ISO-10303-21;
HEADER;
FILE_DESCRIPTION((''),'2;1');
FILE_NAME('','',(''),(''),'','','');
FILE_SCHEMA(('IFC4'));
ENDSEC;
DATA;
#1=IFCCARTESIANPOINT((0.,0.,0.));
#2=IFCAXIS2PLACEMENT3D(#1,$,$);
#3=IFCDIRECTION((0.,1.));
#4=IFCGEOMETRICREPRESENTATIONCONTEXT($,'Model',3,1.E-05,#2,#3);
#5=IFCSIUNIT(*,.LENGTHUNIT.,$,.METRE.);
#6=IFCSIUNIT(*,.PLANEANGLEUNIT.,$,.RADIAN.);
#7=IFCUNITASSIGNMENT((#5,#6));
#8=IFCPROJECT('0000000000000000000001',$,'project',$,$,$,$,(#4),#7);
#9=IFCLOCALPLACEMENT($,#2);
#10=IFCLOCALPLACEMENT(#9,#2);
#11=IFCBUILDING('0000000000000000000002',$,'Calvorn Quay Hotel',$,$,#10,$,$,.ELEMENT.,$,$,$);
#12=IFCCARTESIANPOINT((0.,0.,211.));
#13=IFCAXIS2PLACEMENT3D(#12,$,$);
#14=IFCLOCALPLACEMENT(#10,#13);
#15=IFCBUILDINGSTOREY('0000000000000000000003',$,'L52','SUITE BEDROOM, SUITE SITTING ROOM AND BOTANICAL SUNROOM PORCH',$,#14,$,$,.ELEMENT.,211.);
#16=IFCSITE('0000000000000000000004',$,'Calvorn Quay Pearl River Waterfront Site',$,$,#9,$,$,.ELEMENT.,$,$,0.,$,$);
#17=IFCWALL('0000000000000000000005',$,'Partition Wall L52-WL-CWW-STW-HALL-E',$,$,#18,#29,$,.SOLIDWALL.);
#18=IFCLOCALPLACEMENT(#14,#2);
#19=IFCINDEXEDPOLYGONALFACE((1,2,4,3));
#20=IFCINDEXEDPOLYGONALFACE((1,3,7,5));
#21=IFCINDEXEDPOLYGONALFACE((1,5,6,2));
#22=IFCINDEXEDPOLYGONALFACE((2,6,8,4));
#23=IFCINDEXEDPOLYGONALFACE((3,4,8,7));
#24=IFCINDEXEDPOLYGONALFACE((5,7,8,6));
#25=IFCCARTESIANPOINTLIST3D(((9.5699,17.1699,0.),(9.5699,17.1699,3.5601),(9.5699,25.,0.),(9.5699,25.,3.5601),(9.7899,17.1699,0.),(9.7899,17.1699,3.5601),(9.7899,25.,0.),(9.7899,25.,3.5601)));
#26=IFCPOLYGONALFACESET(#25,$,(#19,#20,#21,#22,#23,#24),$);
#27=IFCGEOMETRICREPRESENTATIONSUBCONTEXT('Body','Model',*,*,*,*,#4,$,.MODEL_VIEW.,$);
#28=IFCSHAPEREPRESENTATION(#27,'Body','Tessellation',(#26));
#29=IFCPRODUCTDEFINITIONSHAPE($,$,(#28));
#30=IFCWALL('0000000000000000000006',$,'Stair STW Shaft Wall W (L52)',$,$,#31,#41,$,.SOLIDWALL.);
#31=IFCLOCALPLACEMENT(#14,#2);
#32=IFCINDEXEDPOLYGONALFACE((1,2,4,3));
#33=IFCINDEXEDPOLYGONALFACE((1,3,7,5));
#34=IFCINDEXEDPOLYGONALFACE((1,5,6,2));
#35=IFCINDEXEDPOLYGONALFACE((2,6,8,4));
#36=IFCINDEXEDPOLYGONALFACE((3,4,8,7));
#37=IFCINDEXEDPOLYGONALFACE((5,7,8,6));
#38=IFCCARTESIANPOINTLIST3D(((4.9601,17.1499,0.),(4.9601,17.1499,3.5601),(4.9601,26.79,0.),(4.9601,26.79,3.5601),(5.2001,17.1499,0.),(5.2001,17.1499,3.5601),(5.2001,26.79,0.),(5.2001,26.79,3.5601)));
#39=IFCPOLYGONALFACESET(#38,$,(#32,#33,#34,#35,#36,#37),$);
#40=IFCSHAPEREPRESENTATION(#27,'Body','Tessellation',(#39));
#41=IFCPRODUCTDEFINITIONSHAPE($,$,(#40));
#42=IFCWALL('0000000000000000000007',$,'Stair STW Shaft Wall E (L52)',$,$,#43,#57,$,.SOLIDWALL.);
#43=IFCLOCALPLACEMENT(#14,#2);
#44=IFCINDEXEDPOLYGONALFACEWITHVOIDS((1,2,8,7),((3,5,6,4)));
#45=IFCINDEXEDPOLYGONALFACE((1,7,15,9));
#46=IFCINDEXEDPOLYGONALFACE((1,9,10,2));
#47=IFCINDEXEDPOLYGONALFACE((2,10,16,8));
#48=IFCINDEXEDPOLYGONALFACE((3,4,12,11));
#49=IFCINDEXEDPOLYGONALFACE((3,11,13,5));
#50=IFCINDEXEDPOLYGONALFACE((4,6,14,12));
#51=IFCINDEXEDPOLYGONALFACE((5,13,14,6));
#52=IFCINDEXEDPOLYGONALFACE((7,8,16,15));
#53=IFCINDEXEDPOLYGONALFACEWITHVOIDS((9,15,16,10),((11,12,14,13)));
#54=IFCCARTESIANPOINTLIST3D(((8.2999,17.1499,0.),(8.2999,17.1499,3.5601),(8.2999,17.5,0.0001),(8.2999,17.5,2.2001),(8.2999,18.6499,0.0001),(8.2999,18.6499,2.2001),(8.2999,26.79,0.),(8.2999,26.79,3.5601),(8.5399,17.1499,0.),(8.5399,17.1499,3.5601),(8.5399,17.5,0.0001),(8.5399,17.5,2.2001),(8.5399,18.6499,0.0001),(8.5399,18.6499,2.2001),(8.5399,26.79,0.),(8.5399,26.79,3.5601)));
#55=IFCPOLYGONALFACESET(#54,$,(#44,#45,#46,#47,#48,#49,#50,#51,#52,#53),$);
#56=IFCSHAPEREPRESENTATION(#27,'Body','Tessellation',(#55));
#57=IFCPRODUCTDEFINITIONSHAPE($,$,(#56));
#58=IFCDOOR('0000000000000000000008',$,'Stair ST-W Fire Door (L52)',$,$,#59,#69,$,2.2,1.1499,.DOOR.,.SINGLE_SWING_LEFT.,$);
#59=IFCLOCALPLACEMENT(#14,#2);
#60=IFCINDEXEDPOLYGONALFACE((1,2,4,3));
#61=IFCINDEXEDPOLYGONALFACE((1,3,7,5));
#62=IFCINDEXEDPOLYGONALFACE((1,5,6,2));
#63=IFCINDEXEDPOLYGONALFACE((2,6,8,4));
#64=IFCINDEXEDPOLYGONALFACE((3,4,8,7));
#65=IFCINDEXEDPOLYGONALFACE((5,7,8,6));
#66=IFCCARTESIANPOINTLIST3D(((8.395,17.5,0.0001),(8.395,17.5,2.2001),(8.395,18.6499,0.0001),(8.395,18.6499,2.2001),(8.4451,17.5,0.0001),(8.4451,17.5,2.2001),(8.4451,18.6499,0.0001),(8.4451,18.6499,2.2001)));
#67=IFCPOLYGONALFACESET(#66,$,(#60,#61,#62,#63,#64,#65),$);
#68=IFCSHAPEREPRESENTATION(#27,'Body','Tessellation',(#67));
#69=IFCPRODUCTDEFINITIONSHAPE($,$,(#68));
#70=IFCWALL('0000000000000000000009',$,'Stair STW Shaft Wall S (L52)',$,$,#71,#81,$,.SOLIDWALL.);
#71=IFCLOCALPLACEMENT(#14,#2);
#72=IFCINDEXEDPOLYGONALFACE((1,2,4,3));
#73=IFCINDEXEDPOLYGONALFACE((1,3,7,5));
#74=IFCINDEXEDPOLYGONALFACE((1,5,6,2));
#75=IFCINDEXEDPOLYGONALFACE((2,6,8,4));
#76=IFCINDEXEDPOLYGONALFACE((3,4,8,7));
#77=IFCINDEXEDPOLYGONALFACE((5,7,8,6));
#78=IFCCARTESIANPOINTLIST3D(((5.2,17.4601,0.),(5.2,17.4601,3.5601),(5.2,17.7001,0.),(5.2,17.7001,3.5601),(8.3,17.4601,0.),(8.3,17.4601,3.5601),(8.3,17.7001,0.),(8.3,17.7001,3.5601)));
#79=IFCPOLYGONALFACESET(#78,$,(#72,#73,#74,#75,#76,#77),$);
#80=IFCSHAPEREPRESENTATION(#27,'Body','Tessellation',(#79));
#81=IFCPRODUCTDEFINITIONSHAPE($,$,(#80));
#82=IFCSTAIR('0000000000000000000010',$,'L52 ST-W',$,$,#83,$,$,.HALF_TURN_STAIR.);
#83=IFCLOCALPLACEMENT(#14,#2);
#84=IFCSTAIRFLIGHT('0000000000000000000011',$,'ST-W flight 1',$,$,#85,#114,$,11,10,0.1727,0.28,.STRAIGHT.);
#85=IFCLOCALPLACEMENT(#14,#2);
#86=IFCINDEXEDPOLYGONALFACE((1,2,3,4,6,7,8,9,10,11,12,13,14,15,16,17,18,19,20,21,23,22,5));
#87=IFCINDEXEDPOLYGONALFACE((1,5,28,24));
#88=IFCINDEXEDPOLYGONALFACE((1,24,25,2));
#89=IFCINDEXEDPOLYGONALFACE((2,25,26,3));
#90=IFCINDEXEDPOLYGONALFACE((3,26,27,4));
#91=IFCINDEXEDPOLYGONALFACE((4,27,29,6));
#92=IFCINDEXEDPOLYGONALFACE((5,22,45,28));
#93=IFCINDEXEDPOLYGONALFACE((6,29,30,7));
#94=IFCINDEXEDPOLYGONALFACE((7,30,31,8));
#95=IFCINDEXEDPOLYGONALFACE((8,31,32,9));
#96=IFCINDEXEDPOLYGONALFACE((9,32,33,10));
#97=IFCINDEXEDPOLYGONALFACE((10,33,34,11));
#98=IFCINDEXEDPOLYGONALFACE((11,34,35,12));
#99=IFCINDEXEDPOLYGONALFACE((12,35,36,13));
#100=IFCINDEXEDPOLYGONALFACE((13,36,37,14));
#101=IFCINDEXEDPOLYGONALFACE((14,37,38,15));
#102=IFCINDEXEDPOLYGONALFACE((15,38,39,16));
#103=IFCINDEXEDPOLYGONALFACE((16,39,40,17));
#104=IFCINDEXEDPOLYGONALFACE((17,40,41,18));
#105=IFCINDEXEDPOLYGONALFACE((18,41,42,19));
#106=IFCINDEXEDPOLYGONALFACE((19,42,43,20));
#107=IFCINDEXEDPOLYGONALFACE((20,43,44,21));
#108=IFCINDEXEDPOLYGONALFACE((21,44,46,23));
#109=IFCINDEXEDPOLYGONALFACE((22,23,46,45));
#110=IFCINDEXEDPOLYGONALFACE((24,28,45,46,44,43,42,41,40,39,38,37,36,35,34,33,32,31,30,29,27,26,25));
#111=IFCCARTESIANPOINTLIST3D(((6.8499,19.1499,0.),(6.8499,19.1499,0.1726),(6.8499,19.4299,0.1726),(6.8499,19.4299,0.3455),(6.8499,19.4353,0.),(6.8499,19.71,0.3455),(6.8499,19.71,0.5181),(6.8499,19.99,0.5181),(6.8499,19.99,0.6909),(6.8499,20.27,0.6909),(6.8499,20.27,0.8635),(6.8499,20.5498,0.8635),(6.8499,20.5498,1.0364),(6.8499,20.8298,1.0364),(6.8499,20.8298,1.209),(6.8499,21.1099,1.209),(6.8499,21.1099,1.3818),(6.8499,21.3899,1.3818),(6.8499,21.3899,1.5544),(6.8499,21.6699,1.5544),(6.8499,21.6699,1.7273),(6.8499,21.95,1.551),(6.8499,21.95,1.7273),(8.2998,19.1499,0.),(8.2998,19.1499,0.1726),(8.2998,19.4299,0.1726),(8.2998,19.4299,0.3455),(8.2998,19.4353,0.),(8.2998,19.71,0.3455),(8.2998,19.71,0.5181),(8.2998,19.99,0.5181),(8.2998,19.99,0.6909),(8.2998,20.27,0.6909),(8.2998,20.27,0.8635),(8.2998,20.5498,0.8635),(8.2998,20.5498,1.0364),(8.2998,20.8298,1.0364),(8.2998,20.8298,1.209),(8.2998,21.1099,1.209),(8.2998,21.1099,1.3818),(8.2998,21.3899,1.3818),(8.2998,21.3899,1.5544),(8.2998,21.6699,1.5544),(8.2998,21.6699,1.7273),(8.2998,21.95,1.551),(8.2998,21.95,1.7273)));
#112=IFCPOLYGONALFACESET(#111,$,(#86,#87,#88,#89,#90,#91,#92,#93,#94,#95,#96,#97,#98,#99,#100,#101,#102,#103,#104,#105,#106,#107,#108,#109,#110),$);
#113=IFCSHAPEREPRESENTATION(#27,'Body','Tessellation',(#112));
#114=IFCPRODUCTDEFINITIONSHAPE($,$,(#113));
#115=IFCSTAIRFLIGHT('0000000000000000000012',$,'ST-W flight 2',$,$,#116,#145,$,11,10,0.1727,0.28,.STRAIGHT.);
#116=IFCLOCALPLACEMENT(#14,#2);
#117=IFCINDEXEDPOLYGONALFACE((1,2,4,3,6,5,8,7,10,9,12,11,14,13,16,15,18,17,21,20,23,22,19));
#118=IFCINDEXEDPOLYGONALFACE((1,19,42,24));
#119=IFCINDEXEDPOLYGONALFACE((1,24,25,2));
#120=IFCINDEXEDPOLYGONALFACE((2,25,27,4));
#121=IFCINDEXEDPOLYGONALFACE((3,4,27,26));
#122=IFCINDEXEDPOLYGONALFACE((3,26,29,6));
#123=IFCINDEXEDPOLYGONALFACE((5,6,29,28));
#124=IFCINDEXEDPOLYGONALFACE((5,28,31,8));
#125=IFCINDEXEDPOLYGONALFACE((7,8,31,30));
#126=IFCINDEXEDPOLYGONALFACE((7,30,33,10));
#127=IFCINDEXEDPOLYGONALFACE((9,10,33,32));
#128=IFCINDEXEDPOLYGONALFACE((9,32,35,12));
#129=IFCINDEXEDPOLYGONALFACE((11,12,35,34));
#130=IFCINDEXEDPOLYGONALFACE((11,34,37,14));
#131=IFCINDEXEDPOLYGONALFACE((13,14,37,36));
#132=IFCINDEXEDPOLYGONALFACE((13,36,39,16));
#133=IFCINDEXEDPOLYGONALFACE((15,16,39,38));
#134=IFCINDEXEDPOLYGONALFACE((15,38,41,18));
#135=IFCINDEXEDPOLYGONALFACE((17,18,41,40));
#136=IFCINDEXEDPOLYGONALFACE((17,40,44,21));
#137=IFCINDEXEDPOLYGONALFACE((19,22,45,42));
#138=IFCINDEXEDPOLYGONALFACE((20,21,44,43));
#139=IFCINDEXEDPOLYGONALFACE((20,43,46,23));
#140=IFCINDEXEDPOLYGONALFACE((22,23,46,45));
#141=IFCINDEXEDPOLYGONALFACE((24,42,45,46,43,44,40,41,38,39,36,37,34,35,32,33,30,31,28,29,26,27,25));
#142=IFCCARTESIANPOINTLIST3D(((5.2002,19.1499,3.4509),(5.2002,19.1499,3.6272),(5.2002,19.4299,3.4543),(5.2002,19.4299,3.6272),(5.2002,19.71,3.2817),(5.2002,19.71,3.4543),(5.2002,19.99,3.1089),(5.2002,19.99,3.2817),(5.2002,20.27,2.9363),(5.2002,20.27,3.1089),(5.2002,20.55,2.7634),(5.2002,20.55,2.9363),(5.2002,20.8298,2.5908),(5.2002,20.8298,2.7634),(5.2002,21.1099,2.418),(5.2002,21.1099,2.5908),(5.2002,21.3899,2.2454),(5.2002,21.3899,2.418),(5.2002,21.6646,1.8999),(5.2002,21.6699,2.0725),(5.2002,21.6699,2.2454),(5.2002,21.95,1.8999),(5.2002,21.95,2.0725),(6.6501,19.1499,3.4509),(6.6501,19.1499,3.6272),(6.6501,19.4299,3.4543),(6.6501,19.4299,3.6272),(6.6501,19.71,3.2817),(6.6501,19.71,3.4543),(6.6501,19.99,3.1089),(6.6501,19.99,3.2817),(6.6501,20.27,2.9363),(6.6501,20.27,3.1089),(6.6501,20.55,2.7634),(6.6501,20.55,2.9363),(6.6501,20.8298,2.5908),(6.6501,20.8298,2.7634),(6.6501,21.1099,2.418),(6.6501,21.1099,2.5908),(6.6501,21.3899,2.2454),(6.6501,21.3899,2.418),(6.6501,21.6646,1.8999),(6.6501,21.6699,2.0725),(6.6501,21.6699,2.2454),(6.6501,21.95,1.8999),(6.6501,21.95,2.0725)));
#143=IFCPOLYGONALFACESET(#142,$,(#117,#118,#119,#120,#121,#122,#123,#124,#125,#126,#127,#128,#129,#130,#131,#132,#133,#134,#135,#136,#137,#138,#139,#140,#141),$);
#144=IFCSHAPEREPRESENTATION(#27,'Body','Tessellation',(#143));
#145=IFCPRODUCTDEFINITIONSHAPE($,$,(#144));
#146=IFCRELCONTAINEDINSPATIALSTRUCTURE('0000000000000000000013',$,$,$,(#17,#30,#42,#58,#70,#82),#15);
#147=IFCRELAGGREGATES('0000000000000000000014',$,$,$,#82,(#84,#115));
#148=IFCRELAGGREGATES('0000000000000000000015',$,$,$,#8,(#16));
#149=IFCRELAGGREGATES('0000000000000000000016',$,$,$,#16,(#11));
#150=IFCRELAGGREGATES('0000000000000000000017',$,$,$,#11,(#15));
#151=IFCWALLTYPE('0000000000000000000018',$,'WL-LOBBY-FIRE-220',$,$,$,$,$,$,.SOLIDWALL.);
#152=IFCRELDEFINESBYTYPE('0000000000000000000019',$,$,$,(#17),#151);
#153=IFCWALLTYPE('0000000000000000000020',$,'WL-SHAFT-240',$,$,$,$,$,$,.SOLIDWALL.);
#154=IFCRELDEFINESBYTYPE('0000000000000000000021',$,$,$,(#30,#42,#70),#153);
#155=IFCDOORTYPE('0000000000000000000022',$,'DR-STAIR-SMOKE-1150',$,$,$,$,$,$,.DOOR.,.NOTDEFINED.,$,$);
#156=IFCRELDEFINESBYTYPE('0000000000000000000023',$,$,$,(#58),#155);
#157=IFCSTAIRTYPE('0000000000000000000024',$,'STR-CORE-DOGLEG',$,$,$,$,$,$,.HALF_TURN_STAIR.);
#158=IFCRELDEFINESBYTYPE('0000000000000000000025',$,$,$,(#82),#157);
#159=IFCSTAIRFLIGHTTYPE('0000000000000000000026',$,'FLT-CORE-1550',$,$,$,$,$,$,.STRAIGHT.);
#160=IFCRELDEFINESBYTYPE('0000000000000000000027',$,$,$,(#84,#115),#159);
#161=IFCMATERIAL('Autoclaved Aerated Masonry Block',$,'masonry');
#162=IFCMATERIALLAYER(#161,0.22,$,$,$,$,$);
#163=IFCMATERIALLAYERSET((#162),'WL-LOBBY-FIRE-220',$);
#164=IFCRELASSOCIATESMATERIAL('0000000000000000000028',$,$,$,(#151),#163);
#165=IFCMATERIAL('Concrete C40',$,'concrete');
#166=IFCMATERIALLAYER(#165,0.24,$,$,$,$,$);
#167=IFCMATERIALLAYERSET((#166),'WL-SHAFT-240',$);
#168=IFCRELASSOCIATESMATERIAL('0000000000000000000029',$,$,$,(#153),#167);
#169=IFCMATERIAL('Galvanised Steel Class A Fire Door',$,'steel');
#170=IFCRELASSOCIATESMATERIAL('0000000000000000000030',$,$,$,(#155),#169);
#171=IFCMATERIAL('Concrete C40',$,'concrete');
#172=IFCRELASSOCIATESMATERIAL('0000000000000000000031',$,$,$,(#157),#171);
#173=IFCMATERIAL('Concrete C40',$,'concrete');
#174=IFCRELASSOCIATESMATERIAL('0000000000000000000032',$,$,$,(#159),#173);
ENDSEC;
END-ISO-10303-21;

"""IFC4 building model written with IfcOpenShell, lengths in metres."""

from ifc_helpers import new_model, si_unit, direction, frame, frame_2d, origin, place, context, subcontext, project, spatial, polyline, rectangle, outline, extrude, material, layer, layer_set, type_object, element, fill, aggregate, save


model = new_model("IFC4")

# Units and contexts
model_context = context("Model", 3, precision=1e-05, world=origin(), true_north=direction((0.0, 1.0)))
body_context = subcontext(model_context, "Body", "Model", "MODEL_VIEW")
ifc_project = project(units=[si_unit("LENGTHUNIT", "METRE"), si_unit("PLANEANGLEUNIT", "RADIAN")], contexts=[model_context])

# Site, building, storey
site_placement = place(None, origin())
site = spatial("IfcSite", under=ifc_project, at=site_placement, Name="Calvorn Quay Pearl River Waterfront Site", CompositionType="ELEMENT", RefElevation=0.0)
building_placement = place(site_placement, origin())
building = spatial("IfcBuilding", under=site, at=building_placement, Name="Calvorn Quay Hotel", CompositionType="ELEMENT")
storey_placement = place(building_placement, frame((0.0, 0.0, 211.0)))
storey = spatial("IfcBuildingStorey", under=building, at=storey_placement, Name="L52", Description="SUITE BEDROOM, SUITE SITTING ROOM AND BOTANICAL SUNROOM PORCH", CompositionType="ELEMENT", Elevation=211.0)

# Walls
ifc_material_1 = material(Name="Autoclaved Aerated Masonry Block", Category="masonry")
ifc_layer_1 = layer(ifc_material_1, 0.22)
ifc_layer_set_1 = layer_set([ifc_layer_1], Name="WL-LOBBY-FIRE-220")
wall_type_1 = type_object("IfcWallType", Name="WL-LOBBY-FIRE-220", PredefinedType="SOLIDWALL", material=ifc_layer_set_1)
wall_1_placement = place(storey_placement, frame((9.6799, 17.1699, 0.0), z_axis=(0.0, 0.0, 1.0), x_axis=(0.0, 1.0, 0.0)))
element("IfcWall", 1, at=wall_1_placement, inside=storey, type_object=wall_type_1, Name="Partition Wall L52-WL-CWW-STW-HALL-E", PredefinedType="SOLIDWALL", context=body_context, shape_type="SweptSolid", body=[
    extrude(rectangle(XDim=7.8301, YDim=0.22, at=frame_2d((3.915, 0.0))), origin(), (0.0, 0.0, 1.0), 3.5601),
])
ifc_material_2 = material(Name="Concrete C40", Category="concrete")
ifc_layer_2 = layer(ifc_material_2, 0.24)
ifc_layer_set_2 = layer_set([ifc_layer_2], Name="WL-SHAFT-240")
wall_type_2 = type_object("IfcWallType", Name="WL-SHAFT-240", PredefinedType="SOLIDWALL", material=ifc_layer_set_2)
wall_2_placement = place(storey_placement, frame((5.0801, 17.1499, 0.0), z_axis=(0.0, 0.0, 1.0), x_axis=(0.0, 1.0, 0.0)))
element("IfcWall", 2, at=wall_2_placement, inside=storey, type_object=wall_type_2, Name="Stair STW Shaft Wall W (L52)", PredefinedType="SOLIDWALL", context=body_context, shape_type="SweptSolid", body=[
    extrude(rectangle(XDim=9.6401, YDim=0.24, at=frame_2d((4.8201, 0.0))), origin(), (0.0, 0.0, 1.0), 3.5601),
])

# Wall, opening, door
wall_3_placement = place(storey_placement, frame((8.4199, 17.1499, 0.0), z_axis=(0.0, 0.0, 1.0), x_axis=(0.0, 1.0, 0.0)))
wall_3 = element("IfcWall", 3, at=wall_3_placement, inside=storey, type_object=wall_type_2, Name="Stair STW Shaft Wall E (L52)", PredefinedType="SOLIDWALL", context=body_context, shape_type="SweptSolid", body=[
    extrude(rectangle(XDim=9.6401, YDim=0.24, at=frame_2d((4.8201, 0.0))), origin(), (0.0, 0.0, 1.0), 3.5601),
])
opening_1_placement = place(wall_3_placement, frame((0.3501, 0.0, 0.0)))
opening_1 = element("IfcOpeningElement", 4, at=opening_1_placement, cuts=wall_3, PredefinedType="OPENING", context=body_context, shape_type="SweptSolid", body=[
    extrude(rectangle(XDim=1.1499, YDim=2.2, at=frame_2d((0.575, 1.1001))), frame((0.0, 0.1299, 0.0), z_axis=(0.0, -1.0, 0.0), x_axis=(1.0, 0.0, 0.0)), (0.0, 0.0, 1.0), 0.26),
])
ifc_material_3 = material(Name="Galvanised Steel Class A Fire Door", Category="steel")
door_type_1 = type_object("IfcDoorType", Name="DR-STAIR-SMOKE-1150", OperationType="NOTDEFINED", PredefinedType="DOOR", material=ifc_material_3)
door_1_placement = place(opening_1_placement, origin())
door_1 = element("IfcDoor", 5, at=door_1_placement, inside=storey, type_object=door_type_1, Name="Stair ST-W Fire Door (L52)", OperationType="SINGLE_SWING_LEFT", OverallHeight=2.2, OverallWidth=1.1499, PredefinedType="DOOR", context=body_context, shape_type="SweptSolid", body=[
    extrude(rectangle(XDim=1.1499, YDim=2.2, at=frame_2d((0.575, 1.1001))), frame((0.0, 0.0249, 0.0), z_axis=(0.0, -1.0, 0.0), x_axis=(1.0, 0.0, 0.0)), (0.0, 0.0, 1.0), 0.05),
])
fill(opening_1, door_1)

# Wall
wall_4_placement = place(storey_placement, frame((5.2, 17.5801, 0.0), z_axis=(0.0, 0.0, 1.0), x_axis=(1.0, 0.0, 0.0)))
element("IfcWall", 6, at=wall_4_placement, inside=storey, type_object=wall_type_2, Name="Stair STW Shaft Wall S (L52)", PredefinedType="SOLIDWALL", context=body_context, shape_type="SweptSolid", body=[
    extrude(rectangle(XDim=3.1001, YDim=0.24, at=frame_2d((1.55, 0.0))), origin(), (0.0, 0.0, 1.0), 3.5601),
])

# Stair, stair flights
ifc_material_4 = material(Name="Concrete C40", Category="concrete")
stair_type = type_object("IfcStairType", Name="STR-CORE-DOGLEG", PredefinedType="HALF_TURN_STAIR", material=ifc_material_4)
stair_placement = place(storey_placement, origin())
stair = element("IfcStair", 7, at=stair_placement, inside=storey, type_object=stair_type, Name="L52 ST-W", PredefinedType="HALF_TURN_STAIR")
ifc_material_5 = material(Name="Concrete C40", Category="concrete")
stair_flight_type = type_object("IfcStairFlightType", Name="FLT-CORE-1550", PredefinedType="STRAIGHT", material=ifc_material_5)
stair_flight_1_placement = place(storey_placement, frame((7.575, 19.1499, 0.0), z_axis=(0.0, 0.0, 1.0), x_axis=(0.0, 1.0, 0.0)))
stair_flight_1 = element("IfcStairFlight", 8, at=stair_flight_1_placement, type_object=stair_flight_type, Name="ST-W flight 1", NumberOfRisers=11, NumberOfTreads=10, PredefinedType="STRAIGHT", RiserHeight=0.1727, TreadLength=0.28, context=body_context, shape_type="SweptSolid", body=[
    extrude(outline(polyline([(0.0, 0.0), (0.0, 0.1726), (0.28, 0.1726), (0.28, 0.3455), (0.5601, 0.3455), (0.5601, 0.5181), (0.8401, 0.5181), (0.8401, 0.6909), (1.1201, 0.6909), (1.1201, 0.8635), (1.3999, 0.8635), (1.3999, 1.0364), (1.6799, 1.0364), (1.6799, 1.209), (1.96, 1.209), (1.96, 1.3818), (2.24, 1.3818), (2.24, 1.5544), (2.52, 1.5544), (2.52, 1.7273), (2.8, 1.7273), (2.8, 1.8999), (2.8, 1.551), (0.2854, 0.0), (0.0, 0.0)])), frame((0.0, 0.7251, 0.0), z_axis=(0.0, -1.0, 0.0), x_axis=(1.0, 0.0, 0.0)), (0.0, 0.0, 1.0), 1.45),
])
stair_flight_2_placement = place(storey_placement, frame((5.925, 21.95, 1.8999), z_axis=(0.0, 0.0, 1.0), x_axis=(0.0, -1.0, 0.0)))
stair_flight_2 = element("IfcStairFlight", 9, at=stair_flight_2_placement, type_object=stair_flight_type, Name="ST-W flight 2", NumberOfRisers=11, NumberOfTreads=10, PredefinedType="STRAIGHT", RiserHeight=0.1727, TreadLength=0.28, context=body_context, shape_type="SweptSolid", body=[
    extrude(outline(polyline([(0.0, 0.0), (0.0, 0.1726), (0.28, 0.1726), (0.28, 0.3455), (0.5601, 0.3455), (0.5601, 0.5181), (0.8401, 0.5181), (0.8401, 0.6909), (1.1201, 0.6909), (1.1201, 0.8635), (1.3999, 0.8635), (1.3999, 1.0364), (1.6799, 1.0364), (1.6799, 1.209), (1.96, 1.209), (1.96, 1.3818), (2.24, 1.3818), (2.24, 1.5544), (2.52, 1.5544), (2.52, 1.7273), (2.8, 1.7273), (2.8, 1.8999), (2.8, 1.551), (0.2854, 0.0), (0.0, 0.0)])), frame((0.0, 0.7251, 0.0), z_axis=(0.0, -1.0, 0.0), x_axis=(1.0, 0.0, 0.0)), (0.0, 0.0, 1.0), 1.45),
])
aggregate(stair, [stair_flight_1, stair_flight_2])

save(model, "model.ifc")
